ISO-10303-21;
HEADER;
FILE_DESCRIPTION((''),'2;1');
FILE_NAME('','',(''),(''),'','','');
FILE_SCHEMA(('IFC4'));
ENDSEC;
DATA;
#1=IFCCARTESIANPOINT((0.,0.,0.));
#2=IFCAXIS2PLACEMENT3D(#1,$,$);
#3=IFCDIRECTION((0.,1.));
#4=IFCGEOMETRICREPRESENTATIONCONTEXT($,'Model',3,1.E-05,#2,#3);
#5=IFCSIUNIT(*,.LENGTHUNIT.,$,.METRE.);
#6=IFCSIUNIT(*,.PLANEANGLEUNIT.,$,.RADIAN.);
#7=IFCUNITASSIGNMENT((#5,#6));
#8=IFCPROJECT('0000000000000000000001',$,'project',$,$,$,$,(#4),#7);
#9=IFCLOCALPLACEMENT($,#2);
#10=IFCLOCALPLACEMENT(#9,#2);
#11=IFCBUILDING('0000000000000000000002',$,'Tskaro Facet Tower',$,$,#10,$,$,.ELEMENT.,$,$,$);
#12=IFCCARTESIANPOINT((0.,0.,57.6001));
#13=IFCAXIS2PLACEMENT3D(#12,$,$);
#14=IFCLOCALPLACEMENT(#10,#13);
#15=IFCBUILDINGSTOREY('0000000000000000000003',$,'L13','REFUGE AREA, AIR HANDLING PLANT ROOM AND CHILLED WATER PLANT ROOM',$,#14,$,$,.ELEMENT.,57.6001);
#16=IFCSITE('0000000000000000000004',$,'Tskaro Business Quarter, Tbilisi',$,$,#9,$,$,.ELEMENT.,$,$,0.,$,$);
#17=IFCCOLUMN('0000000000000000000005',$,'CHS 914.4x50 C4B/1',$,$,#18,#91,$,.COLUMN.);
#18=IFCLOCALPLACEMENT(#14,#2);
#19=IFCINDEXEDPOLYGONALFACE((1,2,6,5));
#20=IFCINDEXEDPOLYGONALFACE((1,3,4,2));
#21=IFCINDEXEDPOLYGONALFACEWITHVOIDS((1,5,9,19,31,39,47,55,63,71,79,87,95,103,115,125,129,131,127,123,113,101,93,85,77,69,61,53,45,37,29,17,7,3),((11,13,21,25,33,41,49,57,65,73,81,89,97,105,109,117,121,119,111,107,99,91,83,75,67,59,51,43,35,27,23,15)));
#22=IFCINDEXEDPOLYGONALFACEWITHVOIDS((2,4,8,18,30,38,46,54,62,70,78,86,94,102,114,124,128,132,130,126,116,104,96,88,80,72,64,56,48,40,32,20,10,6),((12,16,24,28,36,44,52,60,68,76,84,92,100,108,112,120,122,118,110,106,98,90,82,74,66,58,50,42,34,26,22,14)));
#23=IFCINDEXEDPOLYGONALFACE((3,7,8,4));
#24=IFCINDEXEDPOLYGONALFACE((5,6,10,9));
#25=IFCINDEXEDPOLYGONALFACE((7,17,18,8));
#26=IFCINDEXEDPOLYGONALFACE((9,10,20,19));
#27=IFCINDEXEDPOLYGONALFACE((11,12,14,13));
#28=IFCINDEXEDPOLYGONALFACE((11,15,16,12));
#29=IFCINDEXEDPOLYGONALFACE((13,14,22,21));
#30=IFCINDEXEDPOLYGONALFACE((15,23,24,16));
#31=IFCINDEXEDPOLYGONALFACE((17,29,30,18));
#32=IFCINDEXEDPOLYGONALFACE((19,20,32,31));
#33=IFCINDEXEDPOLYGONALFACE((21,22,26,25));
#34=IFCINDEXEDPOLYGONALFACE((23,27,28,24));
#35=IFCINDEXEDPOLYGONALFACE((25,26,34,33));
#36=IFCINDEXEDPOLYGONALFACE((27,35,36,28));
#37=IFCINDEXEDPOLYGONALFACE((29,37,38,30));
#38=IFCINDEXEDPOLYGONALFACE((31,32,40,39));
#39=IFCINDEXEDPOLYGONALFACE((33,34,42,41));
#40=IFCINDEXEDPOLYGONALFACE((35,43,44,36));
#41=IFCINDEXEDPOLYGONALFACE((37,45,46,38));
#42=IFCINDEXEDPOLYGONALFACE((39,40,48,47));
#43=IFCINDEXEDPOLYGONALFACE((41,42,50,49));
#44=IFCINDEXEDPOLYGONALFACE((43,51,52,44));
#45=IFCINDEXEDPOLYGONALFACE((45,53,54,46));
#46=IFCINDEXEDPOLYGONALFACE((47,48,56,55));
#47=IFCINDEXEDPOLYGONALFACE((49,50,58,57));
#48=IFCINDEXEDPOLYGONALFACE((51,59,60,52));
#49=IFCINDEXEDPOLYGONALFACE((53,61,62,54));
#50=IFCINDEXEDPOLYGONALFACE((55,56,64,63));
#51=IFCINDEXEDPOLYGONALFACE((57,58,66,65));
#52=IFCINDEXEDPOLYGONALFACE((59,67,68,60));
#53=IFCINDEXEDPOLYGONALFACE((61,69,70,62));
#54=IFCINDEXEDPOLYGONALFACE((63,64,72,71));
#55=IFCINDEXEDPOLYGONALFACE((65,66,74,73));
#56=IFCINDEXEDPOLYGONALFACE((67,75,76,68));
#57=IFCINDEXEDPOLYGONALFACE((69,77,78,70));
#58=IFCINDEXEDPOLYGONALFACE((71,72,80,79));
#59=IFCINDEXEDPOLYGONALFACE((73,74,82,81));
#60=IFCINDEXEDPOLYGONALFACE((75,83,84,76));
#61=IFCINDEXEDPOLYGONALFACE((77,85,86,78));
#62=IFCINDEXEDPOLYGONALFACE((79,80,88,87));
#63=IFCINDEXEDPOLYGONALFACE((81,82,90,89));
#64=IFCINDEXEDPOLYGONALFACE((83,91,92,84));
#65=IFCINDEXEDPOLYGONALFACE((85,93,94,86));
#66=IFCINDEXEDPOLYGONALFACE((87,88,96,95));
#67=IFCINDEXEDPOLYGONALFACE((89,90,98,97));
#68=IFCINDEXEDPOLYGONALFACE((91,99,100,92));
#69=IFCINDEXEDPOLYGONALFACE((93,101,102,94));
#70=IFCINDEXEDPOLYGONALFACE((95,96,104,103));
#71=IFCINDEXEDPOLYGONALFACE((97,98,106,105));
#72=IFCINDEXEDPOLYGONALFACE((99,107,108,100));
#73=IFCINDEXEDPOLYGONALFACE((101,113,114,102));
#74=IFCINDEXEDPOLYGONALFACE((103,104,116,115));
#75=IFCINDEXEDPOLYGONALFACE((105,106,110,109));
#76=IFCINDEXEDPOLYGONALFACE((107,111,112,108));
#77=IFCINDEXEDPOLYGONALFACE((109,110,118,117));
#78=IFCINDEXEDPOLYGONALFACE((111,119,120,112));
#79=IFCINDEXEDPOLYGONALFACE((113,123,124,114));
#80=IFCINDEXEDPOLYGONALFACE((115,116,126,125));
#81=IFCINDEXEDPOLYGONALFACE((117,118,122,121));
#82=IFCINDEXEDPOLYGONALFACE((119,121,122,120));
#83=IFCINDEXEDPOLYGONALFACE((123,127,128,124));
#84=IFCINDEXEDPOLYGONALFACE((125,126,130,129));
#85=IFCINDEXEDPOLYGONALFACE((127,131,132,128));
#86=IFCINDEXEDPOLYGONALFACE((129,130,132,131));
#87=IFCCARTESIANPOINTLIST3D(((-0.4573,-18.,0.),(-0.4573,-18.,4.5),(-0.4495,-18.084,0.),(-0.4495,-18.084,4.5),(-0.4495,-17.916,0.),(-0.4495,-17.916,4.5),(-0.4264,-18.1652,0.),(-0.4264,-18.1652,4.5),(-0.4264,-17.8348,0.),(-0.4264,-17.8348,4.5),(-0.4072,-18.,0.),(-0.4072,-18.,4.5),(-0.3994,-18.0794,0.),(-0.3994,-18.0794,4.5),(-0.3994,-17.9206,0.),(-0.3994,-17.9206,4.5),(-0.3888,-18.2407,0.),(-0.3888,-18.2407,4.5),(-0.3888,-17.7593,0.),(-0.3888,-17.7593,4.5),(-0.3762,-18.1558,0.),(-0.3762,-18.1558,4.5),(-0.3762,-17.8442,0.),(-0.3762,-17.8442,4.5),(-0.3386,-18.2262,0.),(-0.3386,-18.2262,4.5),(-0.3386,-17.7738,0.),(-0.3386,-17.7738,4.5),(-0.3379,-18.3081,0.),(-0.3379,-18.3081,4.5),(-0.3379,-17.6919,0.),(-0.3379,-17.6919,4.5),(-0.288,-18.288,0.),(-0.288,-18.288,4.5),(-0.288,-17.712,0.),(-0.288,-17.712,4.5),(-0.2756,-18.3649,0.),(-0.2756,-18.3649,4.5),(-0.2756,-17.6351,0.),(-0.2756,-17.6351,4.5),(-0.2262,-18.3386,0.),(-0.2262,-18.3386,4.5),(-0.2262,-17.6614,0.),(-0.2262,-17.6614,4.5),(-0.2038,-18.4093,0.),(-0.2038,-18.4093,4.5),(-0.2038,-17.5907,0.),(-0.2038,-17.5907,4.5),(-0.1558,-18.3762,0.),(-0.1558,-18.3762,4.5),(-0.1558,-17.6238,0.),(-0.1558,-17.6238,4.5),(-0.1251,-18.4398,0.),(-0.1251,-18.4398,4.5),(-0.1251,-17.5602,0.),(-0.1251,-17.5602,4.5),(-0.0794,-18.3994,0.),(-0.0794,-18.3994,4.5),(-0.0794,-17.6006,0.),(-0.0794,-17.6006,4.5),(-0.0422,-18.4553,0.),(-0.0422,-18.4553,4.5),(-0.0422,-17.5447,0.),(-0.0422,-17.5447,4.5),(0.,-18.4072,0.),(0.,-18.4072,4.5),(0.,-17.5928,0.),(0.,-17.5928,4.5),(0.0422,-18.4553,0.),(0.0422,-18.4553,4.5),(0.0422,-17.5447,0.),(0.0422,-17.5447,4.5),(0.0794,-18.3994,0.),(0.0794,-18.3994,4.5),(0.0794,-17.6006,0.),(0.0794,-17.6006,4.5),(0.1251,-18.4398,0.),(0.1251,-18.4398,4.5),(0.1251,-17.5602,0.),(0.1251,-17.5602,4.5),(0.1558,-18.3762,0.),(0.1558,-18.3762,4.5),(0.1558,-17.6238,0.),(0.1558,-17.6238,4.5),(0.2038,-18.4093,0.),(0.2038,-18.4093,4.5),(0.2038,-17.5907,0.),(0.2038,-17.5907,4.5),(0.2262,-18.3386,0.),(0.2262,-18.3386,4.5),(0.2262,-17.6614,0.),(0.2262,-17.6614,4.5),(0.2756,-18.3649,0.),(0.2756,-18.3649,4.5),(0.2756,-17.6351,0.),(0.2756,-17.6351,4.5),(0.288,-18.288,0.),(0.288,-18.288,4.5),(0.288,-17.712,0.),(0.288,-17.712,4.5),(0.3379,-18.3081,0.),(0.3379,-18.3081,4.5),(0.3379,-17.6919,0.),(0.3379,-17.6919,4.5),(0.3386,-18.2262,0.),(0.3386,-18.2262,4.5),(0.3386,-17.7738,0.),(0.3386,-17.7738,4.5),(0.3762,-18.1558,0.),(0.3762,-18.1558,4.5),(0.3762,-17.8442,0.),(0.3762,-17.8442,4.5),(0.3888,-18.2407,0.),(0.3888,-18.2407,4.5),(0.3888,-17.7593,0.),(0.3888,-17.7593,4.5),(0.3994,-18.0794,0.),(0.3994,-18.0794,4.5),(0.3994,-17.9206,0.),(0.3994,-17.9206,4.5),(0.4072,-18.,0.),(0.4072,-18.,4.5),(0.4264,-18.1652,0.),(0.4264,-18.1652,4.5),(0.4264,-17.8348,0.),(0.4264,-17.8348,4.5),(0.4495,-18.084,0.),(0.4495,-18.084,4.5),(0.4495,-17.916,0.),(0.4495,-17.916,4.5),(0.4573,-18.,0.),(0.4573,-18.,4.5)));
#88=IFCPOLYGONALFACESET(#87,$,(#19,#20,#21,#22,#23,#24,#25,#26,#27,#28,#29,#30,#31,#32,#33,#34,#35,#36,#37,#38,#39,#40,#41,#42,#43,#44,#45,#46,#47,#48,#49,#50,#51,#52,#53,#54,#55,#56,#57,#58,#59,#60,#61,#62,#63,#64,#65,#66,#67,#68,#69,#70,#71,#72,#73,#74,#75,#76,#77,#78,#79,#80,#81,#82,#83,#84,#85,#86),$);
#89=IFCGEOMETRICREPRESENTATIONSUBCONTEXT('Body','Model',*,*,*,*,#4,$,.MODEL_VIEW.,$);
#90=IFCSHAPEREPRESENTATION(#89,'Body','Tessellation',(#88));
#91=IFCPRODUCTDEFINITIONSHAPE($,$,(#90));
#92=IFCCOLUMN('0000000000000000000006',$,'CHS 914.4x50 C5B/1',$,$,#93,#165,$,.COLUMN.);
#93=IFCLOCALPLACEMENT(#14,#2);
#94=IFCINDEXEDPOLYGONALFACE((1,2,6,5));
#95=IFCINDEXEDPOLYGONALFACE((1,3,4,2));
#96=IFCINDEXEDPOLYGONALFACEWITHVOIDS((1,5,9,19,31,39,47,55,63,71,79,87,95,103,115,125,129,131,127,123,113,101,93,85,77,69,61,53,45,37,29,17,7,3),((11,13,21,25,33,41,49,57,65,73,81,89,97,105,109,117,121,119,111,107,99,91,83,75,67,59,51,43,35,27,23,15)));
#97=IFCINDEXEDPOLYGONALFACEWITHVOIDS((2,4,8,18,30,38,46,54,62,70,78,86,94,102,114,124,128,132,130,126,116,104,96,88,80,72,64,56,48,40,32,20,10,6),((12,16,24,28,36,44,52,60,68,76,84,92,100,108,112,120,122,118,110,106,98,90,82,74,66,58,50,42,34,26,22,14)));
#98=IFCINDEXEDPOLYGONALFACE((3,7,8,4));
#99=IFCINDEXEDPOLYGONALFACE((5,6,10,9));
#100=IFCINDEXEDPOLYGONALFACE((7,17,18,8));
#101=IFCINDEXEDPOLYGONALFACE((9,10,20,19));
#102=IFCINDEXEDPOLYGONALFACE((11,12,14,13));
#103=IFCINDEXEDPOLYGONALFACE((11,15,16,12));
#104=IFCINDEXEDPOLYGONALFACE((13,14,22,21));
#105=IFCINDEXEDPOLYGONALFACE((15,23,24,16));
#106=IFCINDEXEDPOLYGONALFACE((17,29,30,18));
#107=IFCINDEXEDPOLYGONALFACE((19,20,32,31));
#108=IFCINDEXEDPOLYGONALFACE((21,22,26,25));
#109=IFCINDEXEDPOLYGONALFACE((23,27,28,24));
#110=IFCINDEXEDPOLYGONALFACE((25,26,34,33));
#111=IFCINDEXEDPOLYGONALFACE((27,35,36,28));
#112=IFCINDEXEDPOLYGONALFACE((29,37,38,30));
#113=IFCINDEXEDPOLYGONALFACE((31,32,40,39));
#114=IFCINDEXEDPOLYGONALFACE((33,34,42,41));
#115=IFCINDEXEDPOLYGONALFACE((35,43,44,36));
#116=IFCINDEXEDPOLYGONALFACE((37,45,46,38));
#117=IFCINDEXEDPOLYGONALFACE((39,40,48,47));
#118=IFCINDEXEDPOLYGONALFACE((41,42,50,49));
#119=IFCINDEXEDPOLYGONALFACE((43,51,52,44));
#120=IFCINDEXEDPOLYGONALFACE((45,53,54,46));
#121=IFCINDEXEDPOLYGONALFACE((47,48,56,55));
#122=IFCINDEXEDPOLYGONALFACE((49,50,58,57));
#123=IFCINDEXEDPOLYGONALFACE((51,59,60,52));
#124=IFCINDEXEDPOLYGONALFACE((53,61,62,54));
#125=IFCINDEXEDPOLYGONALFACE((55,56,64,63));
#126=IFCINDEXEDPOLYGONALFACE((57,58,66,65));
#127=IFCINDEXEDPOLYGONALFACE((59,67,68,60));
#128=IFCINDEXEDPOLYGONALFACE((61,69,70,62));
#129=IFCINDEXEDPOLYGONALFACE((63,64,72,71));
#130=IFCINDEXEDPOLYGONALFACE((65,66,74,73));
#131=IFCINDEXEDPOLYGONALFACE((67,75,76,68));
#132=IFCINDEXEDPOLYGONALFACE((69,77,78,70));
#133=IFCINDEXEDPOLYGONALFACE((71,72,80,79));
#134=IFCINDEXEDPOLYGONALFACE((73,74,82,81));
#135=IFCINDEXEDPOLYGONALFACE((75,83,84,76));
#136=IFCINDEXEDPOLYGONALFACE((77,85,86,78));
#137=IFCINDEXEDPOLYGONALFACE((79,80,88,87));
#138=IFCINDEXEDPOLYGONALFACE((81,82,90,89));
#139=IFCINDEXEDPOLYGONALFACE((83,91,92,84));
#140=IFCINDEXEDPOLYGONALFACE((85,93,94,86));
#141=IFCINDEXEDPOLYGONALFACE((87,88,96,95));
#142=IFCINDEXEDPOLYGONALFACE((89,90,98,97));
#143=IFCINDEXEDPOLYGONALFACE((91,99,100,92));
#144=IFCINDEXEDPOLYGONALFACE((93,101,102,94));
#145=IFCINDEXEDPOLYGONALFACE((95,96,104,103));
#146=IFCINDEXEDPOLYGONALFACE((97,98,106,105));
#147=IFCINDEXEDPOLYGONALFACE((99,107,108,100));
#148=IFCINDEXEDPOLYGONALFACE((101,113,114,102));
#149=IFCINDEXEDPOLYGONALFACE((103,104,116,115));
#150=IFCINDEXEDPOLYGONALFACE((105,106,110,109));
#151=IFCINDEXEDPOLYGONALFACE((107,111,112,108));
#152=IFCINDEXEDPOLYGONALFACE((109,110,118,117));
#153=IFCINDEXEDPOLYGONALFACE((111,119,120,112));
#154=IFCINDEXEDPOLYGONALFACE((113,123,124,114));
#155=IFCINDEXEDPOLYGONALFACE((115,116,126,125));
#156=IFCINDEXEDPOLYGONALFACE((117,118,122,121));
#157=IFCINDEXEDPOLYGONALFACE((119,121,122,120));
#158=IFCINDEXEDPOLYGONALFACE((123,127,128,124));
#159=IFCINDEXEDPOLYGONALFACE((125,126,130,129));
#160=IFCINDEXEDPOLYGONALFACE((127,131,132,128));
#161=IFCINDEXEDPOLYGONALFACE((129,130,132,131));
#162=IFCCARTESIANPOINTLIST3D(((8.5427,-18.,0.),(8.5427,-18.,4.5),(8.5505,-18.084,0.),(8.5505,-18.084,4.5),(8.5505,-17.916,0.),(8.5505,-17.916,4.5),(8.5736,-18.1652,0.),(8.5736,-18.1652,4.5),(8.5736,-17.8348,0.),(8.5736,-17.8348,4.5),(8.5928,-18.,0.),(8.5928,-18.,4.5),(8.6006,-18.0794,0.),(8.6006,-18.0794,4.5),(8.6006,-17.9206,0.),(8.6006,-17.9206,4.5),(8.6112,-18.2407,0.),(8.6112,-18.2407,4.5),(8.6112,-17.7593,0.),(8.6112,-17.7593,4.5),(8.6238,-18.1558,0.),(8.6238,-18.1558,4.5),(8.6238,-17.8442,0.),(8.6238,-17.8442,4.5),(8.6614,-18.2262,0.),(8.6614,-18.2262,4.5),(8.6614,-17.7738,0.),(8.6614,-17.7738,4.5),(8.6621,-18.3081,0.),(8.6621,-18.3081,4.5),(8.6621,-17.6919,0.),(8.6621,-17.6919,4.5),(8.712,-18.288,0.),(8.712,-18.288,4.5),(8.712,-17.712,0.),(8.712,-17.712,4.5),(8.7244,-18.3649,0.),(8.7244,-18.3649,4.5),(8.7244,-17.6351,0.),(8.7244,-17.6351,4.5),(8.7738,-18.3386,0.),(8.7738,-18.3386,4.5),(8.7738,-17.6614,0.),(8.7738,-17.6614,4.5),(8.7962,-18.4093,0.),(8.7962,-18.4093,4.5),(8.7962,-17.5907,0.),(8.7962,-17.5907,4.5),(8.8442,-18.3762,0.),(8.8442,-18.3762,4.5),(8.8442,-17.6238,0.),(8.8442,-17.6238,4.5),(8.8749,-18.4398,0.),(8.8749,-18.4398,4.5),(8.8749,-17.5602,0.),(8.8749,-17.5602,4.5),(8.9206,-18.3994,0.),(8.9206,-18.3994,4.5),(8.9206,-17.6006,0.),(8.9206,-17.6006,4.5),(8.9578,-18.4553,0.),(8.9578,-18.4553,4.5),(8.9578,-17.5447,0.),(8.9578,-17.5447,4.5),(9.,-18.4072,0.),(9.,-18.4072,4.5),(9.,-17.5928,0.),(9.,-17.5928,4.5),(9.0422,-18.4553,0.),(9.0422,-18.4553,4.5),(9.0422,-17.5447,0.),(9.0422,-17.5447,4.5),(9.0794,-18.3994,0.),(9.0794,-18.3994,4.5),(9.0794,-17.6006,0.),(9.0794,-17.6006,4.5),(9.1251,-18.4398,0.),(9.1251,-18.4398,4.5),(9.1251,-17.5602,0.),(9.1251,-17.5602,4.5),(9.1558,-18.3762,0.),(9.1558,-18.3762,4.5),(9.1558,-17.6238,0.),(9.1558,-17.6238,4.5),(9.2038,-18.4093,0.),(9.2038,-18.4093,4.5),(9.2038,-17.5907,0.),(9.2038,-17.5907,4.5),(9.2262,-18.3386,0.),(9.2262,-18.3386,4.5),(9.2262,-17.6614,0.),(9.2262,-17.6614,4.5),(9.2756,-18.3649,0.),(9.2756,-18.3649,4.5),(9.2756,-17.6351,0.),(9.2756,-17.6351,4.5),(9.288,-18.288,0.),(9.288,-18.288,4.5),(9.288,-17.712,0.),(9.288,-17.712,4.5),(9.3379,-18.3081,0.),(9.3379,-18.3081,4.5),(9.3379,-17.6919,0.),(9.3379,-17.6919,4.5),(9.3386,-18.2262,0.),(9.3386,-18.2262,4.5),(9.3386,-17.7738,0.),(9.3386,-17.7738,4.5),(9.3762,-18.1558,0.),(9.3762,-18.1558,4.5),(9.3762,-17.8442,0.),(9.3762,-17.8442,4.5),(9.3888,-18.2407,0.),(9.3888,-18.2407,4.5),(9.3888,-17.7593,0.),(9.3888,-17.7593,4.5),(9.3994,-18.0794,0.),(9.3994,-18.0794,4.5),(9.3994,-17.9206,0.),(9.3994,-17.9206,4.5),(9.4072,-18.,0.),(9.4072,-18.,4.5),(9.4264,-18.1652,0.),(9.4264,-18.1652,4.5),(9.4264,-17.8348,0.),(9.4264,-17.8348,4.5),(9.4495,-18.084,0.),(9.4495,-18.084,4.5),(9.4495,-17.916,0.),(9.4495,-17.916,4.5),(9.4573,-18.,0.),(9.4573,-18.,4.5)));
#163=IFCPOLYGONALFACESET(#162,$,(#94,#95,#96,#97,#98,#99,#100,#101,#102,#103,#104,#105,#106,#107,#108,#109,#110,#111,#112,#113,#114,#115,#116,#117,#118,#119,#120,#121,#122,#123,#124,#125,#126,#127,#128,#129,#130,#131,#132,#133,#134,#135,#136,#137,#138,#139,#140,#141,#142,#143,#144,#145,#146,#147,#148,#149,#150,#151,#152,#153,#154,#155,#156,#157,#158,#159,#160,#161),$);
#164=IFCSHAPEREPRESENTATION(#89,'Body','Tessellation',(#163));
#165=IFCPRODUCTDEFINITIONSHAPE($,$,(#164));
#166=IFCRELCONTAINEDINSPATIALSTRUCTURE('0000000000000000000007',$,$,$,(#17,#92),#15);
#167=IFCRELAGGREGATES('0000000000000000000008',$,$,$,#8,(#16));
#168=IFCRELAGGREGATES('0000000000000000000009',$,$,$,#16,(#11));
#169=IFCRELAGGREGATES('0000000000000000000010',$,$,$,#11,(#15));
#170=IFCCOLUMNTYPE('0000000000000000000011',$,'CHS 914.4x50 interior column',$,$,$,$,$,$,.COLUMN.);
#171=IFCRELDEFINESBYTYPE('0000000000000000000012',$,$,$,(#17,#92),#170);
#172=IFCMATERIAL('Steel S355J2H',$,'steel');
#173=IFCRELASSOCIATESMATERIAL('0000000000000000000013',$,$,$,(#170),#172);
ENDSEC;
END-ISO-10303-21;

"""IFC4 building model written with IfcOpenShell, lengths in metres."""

from ifc_helpers import new_model, si_unit, direction, frame, origin, origin_2d, place, context, subcontext, project, spatial, hollow_circle, extrude, material, material_profile, profile_set, type_object, element, save


model = new_model("IFC4")

# Units and contexts
model_context = context("Model", 3, precision=1e-05, world=origin(), true_north=direction((0.0, 1.0)))
body_context = subcontext(model_context, "Body", "Model", "MODEL_VIEW")
ifc_project = project(units=[si_unit("LENGTHUNIT", "METRE"), si_unit("PLANEANGLEUNIT", "RADIAN")], contexts=[model_context])

# Site, building, storey
site_placement = place(None, origin())
site = spatial("IfcSite", under=ifc_project, at=site_placement, Name="Tskaro Business Quarter, Tbilisi", CompositionType="ELEMENT", RefElevation=0.0)
building_placement = place(site_placement, origin())
building = spatial("IfcBuilding", under=site, at=building_placement, Name="Tskaro Facet Tower", CompositionType="ELEMENT")
storey_placement = place(building_placement, frame((0.0, 0.0, 57.6001)))
storey = spatial("IfcBuildingStorey", under=building, at=storey_placement, Name="L13", Description="REFUGE AREA, AIR HANDLING PLANT ROOM AND CHILLED WATER PLANT ROOM", CompositionType="ELEMENT", Elevation=57.6001)

# Columns
ifc_material_1 = material(Name="Steel S355J2H", Category="steel")
ifc_material_profile_1 = material_profile(ifc_material_1, hollow_circle(Radius=0.4573, WallThickness=0.05, at=origin_2d()), Name="CHS 914.4x50")
ifc_profile_set_1 = profile_set([ifc_material_profile_1], Name="Steel S355J2H")
column_type = type_object("IfcColumnType", Name="CHS 914.4x50 interior column", PredefinedType="COLUMN", material=ifc_profile_set_1)
for number, where, z_axis, x_axis, name in (
    (1, (0.0, -18.0, 0.0), (0.0, 0.0, 1.0), (1.0, 0.0, 0.0), "CHS 914.4x50 C4B/1"),
    (2, (9.0, -18.0, 0.0), (0.0, 0.0, 1.0), (1.0, 0.0, 0.0), "CHS 914.4x50 C5B/1"),
):
    element("IfcColumn", number, at=place(storey_placement, frame(where, z_axis=z_axis, x_axis=x_axis)), inside=storey, type_object=column_type, Name=name, PredefinedType="COLUMN", context=body_context, shape_type="SweptSolid", body=[
        extrude(hollow_circle(Radius=0.4573, WallThickness=0.05, at=origin_2d()), origin(), (0.0, 0.0, 1.0), 4.5),
    ])

save(model, "model.ifc")
